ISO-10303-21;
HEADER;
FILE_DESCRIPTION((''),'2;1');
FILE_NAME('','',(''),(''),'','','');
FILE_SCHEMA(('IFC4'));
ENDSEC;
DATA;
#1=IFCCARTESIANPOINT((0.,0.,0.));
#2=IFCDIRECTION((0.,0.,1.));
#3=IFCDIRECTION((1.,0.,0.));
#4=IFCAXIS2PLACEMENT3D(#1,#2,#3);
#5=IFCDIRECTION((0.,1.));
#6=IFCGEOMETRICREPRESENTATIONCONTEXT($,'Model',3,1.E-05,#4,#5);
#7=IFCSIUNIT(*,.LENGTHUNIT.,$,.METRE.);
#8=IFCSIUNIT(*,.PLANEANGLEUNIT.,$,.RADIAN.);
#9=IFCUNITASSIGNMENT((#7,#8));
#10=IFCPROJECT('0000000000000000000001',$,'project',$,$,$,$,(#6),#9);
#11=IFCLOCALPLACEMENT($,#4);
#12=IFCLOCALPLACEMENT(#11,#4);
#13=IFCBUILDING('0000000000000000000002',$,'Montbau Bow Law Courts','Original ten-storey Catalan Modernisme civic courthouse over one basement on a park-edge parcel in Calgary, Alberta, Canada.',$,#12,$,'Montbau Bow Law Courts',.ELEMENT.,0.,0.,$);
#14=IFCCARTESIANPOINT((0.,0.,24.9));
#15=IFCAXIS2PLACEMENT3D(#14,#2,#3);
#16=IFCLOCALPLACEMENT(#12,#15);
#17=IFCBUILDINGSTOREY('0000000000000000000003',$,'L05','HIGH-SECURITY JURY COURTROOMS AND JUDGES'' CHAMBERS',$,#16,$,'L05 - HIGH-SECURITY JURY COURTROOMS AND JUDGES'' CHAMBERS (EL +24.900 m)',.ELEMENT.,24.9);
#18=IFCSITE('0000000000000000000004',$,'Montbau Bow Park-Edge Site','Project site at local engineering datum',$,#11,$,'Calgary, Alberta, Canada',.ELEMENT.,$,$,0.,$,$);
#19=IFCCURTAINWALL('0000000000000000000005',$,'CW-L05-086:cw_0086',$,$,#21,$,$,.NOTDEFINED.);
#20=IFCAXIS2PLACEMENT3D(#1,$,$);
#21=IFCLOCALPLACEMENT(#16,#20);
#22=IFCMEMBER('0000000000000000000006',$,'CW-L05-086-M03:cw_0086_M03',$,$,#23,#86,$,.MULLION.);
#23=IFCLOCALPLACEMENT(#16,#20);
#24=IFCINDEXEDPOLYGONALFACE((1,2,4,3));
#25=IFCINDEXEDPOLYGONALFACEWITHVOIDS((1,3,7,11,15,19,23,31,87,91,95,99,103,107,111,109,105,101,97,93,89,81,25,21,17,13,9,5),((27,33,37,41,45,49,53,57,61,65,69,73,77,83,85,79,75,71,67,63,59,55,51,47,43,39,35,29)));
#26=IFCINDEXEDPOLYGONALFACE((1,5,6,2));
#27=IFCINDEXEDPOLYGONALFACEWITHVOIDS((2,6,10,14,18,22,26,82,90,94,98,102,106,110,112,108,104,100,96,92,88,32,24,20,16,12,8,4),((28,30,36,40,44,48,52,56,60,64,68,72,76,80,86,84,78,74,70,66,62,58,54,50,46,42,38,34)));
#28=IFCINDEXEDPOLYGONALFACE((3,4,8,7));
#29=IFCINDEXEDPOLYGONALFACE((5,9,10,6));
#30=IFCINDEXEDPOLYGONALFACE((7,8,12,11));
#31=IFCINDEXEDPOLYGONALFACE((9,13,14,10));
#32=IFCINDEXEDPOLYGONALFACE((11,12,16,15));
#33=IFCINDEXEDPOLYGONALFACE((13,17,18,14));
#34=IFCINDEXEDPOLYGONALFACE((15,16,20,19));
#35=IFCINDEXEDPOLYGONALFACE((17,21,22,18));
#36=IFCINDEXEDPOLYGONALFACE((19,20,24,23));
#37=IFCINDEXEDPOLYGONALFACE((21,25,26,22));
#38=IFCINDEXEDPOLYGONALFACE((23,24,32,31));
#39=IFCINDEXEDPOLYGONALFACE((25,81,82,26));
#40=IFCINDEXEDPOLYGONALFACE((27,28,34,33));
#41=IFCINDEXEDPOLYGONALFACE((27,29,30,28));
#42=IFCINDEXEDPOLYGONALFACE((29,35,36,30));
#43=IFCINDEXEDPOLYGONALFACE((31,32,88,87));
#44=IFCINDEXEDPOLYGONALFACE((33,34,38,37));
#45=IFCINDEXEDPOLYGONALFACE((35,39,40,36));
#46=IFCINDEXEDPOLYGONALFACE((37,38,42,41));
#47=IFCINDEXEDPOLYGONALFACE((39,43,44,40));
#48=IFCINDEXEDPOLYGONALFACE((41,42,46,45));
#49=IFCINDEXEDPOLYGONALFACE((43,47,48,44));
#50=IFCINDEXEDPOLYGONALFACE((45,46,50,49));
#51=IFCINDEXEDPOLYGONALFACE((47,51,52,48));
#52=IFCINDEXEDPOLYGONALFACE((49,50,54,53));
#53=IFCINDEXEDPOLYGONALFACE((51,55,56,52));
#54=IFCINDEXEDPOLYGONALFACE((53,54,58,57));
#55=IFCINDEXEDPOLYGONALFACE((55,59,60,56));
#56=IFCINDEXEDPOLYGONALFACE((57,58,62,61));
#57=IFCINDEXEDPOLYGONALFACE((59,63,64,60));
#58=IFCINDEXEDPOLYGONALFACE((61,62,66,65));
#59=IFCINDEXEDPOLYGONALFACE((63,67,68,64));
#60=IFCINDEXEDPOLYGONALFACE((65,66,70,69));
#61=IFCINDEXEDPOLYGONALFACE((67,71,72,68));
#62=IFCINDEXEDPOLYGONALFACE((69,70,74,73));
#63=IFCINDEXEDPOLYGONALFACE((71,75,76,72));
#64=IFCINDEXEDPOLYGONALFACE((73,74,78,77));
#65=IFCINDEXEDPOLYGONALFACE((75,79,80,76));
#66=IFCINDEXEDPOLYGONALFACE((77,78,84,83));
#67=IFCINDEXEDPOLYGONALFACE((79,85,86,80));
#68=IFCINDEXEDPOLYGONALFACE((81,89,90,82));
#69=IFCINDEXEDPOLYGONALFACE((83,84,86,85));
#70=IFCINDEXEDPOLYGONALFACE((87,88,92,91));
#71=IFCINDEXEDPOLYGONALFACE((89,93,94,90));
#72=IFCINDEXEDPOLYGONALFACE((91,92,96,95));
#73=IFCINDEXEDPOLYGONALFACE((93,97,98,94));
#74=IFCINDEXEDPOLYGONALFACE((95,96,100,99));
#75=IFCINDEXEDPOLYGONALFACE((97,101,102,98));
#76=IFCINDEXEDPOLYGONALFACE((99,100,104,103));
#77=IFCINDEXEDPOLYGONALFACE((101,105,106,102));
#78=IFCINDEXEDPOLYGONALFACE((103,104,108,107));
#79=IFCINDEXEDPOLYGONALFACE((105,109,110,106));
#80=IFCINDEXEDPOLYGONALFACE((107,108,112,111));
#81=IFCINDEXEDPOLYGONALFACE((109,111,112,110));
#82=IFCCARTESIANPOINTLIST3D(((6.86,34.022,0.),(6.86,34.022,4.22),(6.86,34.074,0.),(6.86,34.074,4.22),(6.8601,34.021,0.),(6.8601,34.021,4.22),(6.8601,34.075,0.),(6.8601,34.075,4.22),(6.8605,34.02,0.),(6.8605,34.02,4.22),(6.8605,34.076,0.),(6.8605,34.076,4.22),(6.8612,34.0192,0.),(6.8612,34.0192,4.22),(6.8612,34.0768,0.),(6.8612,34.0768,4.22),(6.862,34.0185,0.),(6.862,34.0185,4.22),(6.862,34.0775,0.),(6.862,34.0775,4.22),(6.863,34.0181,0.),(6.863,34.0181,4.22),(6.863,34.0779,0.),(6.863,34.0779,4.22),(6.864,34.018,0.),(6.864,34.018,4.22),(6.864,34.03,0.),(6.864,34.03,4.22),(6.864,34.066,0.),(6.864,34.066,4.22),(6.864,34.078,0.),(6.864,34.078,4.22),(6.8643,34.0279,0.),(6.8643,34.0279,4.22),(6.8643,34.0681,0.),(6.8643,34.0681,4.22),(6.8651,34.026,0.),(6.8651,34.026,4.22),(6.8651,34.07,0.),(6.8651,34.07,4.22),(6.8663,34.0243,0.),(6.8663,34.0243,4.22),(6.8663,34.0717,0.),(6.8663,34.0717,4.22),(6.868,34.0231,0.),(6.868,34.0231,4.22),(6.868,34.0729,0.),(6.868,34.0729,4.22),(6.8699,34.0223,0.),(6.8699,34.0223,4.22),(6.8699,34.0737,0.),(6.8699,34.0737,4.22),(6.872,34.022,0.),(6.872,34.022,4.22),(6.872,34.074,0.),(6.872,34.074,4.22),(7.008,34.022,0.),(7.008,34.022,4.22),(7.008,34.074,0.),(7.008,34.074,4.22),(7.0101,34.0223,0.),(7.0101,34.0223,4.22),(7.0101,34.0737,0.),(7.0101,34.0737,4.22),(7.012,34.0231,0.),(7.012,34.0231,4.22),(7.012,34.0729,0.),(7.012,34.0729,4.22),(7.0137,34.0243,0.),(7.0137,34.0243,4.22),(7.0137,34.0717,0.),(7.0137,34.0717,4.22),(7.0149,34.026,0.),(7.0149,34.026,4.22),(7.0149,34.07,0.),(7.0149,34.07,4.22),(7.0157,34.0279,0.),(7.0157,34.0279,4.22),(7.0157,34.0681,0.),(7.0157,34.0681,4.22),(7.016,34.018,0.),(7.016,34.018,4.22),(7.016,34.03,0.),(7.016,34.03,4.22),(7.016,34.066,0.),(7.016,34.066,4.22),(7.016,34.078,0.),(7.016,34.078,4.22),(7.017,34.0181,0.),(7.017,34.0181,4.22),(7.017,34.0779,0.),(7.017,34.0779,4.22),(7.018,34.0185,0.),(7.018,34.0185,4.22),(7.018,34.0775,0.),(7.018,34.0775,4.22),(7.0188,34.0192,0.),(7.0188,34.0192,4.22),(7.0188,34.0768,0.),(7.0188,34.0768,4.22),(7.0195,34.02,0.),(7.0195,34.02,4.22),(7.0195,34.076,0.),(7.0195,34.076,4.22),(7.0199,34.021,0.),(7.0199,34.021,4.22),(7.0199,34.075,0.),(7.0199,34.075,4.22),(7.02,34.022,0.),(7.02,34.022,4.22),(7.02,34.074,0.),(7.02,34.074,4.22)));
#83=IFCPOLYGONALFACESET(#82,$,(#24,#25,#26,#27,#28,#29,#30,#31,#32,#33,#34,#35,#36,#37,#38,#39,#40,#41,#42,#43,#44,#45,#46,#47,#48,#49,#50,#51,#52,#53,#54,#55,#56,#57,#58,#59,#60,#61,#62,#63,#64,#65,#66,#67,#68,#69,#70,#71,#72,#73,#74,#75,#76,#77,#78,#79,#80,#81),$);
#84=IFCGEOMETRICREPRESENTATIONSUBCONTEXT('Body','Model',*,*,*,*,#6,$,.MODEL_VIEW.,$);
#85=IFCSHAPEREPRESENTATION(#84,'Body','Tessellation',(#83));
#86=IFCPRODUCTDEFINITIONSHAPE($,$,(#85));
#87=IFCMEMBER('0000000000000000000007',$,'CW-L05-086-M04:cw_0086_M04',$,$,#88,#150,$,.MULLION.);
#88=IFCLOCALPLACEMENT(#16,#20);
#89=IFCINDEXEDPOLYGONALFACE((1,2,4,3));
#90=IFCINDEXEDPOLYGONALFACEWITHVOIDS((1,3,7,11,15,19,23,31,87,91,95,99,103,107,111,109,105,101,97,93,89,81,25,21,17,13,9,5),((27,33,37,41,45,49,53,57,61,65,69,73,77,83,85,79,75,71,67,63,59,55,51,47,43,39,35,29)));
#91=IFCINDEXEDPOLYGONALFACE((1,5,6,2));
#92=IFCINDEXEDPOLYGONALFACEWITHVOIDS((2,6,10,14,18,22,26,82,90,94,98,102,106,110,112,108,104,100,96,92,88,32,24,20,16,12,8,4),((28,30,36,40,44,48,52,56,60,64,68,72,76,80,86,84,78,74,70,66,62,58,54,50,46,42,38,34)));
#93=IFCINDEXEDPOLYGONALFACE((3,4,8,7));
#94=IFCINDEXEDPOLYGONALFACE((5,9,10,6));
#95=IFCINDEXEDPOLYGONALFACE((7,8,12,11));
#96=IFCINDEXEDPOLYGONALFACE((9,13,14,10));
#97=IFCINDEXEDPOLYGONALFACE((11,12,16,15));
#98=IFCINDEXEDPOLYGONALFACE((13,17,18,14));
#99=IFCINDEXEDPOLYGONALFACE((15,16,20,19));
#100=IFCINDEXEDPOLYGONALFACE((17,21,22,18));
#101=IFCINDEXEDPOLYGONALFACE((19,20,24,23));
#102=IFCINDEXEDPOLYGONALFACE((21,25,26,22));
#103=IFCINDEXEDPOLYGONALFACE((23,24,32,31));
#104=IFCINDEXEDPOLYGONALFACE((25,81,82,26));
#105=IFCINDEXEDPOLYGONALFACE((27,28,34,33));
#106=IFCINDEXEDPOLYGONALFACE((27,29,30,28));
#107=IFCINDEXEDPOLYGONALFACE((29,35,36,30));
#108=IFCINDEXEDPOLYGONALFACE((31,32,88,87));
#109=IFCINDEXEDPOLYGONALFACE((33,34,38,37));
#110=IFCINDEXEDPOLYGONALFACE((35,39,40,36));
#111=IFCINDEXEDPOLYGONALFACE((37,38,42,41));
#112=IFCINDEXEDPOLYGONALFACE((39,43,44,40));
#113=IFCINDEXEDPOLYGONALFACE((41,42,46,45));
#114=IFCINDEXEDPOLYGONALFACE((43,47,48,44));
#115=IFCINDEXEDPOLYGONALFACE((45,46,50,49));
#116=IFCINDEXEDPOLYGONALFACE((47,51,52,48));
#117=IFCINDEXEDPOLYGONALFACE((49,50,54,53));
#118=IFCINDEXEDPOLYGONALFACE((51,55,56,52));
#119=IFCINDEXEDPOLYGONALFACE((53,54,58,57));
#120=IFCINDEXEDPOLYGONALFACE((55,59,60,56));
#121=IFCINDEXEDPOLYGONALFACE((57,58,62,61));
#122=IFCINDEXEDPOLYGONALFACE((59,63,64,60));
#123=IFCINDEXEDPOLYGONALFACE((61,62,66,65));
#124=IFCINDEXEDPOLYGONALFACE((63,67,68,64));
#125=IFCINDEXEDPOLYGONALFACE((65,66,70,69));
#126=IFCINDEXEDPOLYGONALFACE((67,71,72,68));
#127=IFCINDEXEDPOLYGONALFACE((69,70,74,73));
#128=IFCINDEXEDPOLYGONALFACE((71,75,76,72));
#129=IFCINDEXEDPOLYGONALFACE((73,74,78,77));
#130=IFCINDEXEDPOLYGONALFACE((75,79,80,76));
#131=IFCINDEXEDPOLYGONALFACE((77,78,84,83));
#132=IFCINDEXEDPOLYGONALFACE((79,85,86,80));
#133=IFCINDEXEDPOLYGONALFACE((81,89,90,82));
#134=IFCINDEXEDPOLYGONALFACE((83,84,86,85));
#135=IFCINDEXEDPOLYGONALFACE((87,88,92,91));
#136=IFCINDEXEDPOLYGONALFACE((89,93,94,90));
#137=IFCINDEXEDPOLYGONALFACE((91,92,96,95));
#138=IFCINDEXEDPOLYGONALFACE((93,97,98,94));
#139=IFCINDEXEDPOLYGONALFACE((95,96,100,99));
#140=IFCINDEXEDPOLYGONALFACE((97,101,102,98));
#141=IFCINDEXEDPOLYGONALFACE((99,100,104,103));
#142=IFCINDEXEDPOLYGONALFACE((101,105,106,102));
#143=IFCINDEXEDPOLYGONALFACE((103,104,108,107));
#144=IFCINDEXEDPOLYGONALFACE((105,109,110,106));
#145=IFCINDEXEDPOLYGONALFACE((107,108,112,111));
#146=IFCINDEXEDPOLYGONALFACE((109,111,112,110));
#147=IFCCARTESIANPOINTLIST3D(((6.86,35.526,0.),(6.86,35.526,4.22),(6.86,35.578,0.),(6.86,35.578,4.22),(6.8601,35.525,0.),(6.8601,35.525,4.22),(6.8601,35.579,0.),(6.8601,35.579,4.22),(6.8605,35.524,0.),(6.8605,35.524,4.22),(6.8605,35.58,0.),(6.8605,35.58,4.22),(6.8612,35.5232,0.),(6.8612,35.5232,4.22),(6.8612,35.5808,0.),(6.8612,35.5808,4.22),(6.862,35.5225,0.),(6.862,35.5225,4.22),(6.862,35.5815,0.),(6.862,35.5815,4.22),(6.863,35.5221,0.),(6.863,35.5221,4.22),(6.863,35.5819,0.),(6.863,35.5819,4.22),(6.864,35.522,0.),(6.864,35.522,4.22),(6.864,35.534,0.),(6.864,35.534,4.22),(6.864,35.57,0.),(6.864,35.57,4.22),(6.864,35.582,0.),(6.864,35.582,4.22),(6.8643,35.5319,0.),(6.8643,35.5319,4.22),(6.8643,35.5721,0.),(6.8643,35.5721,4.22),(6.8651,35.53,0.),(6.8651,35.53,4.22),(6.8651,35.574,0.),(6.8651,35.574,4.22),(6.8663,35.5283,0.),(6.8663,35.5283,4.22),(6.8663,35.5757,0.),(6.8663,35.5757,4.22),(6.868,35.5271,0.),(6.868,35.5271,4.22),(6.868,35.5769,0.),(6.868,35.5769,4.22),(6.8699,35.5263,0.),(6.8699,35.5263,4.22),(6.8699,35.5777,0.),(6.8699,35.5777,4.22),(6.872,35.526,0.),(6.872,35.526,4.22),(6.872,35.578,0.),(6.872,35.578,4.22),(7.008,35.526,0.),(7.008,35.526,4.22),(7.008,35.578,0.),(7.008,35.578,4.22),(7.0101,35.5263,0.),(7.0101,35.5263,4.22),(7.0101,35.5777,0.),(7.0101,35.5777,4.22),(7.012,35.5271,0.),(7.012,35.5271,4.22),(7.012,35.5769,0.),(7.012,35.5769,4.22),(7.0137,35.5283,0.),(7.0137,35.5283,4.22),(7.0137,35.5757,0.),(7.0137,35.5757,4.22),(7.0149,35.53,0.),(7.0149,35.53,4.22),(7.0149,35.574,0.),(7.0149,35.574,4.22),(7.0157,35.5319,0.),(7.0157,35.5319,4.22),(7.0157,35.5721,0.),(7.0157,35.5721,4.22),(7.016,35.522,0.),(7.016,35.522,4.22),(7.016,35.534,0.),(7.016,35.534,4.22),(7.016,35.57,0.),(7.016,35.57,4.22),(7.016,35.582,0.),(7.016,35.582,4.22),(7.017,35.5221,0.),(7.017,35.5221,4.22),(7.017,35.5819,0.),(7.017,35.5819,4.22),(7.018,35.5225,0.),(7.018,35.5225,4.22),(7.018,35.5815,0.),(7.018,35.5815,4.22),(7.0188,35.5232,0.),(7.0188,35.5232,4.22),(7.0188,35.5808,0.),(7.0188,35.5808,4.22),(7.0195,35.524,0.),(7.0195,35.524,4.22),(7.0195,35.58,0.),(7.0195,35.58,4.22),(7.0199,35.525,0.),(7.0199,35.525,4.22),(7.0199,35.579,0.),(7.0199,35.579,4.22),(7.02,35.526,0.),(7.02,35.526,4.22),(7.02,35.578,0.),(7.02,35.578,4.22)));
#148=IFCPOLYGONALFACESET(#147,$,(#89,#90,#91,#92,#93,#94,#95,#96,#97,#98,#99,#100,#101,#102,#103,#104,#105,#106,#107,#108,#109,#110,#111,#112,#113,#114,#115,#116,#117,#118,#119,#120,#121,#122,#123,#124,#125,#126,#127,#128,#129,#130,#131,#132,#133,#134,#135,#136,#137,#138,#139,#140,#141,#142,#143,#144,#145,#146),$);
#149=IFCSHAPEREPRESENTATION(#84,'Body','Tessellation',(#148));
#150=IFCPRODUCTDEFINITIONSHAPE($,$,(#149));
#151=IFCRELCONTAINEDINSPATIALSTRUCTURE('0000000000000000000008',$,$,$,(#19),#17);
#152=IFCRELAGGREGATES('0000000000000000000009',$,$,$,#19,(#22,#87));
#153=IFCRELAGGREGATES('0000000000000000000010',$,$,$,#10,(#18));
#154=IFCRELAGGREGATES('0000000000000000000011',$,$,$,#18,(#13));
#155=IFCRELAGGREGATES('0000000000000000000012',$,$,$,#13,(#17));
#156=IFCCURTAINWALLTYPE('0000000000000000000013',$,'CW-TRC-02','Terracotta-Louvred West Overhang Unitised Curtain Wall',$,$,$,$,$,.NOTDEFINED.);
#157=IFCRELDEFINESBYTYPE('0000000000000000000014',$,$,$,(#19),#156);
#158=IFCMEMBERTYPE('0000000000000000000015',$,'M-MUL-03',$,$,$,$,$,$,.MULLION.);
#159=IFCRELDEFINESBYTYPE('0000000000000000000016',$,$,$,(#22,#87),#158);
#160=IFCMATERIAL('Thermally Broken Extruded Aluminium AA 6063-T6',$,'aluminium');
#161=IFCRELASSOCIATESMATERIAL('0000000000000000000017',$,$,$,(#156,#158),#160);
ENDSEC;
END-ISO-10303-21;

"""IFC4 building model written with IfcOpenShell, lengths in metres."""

from ifc_helpers import new_model, si_unit, direction, frame, origin_with_axes, origin_2d_with_axis, place, context, subcontext, project, spatial, hollow_rectangle, extrude, material, material_profile, profile_set, type_object, element, aggregate, save


model = new_model("IFC4")

# Units and contexts
model_context = context("Model", 3, precision=1e-05, world=origin_with_axes(), true_north=direction((0.0, 1.0)))
body_context = subcontext(model_context, "Body", "Model", "MODEL_VIEW")
ifc_project = project(units=[si_unit("LENGTHUNIT", "METRE"), si_unit("PLANEANGLEUNIT", "RADIAN")], contexts=[model_context])

# Site, building, storey
site_placement = place(None, origin_with_axes())
site = spatial("IfcSite", under=ifc_project, at=site_placement, Name="Montbau Bow Park-Edge Site", Description="Project site at local engineering datum", LongName="Calgary, Alberta, Canada", CompositionType="ELEMENT", RefElevation=0.0)
building_placement = place(site_placement, origin_with_axes())
building = spatial("IfcBuilding", under=site, at=building_placement, Name="Montbau Bow Law Courts", Description="Original ten-storey Catalan Modernisme civic courthouse over one basement on a park-edge parcel in Calgary, Alberta, Canada.", LongName="Montbau Bow Law Courts", CompositionType="ELEMENT", ElevationOfRefHeight=0.0, ElevationOfTerrain=0.0)
storey_placement = place(building_placement, frame((0.0, 0.0, 24.9), z_axis=(0.0, 0.0, 1.0), x_axis=(1.0, 0.0, 0.0)))
storey = spatial("IfcBuildingStorey", under=building, at=storey_placement, Name="L05", Description="HIGH-SECURITY JURY COURTROOMS AND JUDGES' CHAMBERS", LongName="L05 - HIGH-SECURITY JURY COURTROOMS AND JUDGES' CHAMBERS (EL +24.900 m)", CompositionType="ELEMENT", Elevation=24.9)

# Curtain wall, members
ifc_material_1 = material(Name="Thermally Broken Extruded Aluminium AA 6063-T6", Category="aluminium")
curtain_wall_type = type_object("IfcCurtainWallType", Name="CW-TRC-02", Description="Terracotta-Louvred West Overhang Unitised Curtain Wall", PredefinedType="NOTDEFINED", material=ifc_material_1)
curtain_wall_placement = place(None, frame((6.94, 31.04, 24.9), z_axis=(0.0, 0.0, 1.0), x_axis=(1.0, 0.0, 0.0)))
curtain_wall = element("IfcCurtainWall", 1, at=curtain_wall_placement, inside=storey, type_object=curtain_wall_type, Name="CW-L05-086:cw_0086", PredefinedType="NOTDEFINED")
ifc_material_profile_1 = material_profile(ifc_material_1, hollow_rectangle(XDim=0.06, YDim=0.16, WallThickness=0.004, InnerFilletRadius=0.008, OuterFilletRadius=0.004, at=origin_2d_with_axis()), Name="CWM-160X60", Category="Main", Priority=0)
ifc_profile_set_1 = profile_set([ifc_material_profile_1], Name="Thermally Broken Extruded Aluminium AA 6063-T6")
member_type_1 = type_object("IfcMemberType", Name="M-MUL-03", PredefinedType="MULLION", material=ifc_profile_set_1)
member_1_placement = place(None, frame((6.94, 34.048, 24.9), z_axis=(0.0, 0.0, 1.0), x_axis=(0.0, 1.0, 0.0)))
member_1 = element("IfcMember", 2, at=member_1_placement, type_object=member_type_1, Name="CW-L05-086-M03:cw_0086_M03", PredefinedType="MULLION", context=body_context, shape_type="SweptSolid", body=[
    extrude(hollow_rectangle(XDim=0.06, YDim=0.16, WallThickness=0.004, InnerFilletRadius=0.008, OuterFilletRadius=0.004, at=origin_2d_with_axis()), origin_with_axes(), (0.0, 0.0, 1.0), 4.22),
])
member_2_placement = place(None, frame((6.94, 35.552, 24.9), z_axis=(0.0, 0.0, 1.0), x_axis=(0.0, 1.0, 0.0)))
member_2 = element("IfcMember", 3, at=member_2_placement, type_object=member_type_1, Name="CW-L05-086-M04:cw_0086_M04", PredefinedType="MULLION", context=body_context, shape_type="SweptSolid", body=[
    extrude(hollow_rectangle(XDim=0.06, YDim=0.16, WallThickness=0.004, InnerFilletRadius=0.008, OuterFilletRadius=0.004, at=origin_2d_with_axis()), origin_with_axes(), (0.0, 0.0, 1.0), 4.22),
])
aggregate(curtain_wall, [member_1, member_2])

save(model, "model.ifc")
